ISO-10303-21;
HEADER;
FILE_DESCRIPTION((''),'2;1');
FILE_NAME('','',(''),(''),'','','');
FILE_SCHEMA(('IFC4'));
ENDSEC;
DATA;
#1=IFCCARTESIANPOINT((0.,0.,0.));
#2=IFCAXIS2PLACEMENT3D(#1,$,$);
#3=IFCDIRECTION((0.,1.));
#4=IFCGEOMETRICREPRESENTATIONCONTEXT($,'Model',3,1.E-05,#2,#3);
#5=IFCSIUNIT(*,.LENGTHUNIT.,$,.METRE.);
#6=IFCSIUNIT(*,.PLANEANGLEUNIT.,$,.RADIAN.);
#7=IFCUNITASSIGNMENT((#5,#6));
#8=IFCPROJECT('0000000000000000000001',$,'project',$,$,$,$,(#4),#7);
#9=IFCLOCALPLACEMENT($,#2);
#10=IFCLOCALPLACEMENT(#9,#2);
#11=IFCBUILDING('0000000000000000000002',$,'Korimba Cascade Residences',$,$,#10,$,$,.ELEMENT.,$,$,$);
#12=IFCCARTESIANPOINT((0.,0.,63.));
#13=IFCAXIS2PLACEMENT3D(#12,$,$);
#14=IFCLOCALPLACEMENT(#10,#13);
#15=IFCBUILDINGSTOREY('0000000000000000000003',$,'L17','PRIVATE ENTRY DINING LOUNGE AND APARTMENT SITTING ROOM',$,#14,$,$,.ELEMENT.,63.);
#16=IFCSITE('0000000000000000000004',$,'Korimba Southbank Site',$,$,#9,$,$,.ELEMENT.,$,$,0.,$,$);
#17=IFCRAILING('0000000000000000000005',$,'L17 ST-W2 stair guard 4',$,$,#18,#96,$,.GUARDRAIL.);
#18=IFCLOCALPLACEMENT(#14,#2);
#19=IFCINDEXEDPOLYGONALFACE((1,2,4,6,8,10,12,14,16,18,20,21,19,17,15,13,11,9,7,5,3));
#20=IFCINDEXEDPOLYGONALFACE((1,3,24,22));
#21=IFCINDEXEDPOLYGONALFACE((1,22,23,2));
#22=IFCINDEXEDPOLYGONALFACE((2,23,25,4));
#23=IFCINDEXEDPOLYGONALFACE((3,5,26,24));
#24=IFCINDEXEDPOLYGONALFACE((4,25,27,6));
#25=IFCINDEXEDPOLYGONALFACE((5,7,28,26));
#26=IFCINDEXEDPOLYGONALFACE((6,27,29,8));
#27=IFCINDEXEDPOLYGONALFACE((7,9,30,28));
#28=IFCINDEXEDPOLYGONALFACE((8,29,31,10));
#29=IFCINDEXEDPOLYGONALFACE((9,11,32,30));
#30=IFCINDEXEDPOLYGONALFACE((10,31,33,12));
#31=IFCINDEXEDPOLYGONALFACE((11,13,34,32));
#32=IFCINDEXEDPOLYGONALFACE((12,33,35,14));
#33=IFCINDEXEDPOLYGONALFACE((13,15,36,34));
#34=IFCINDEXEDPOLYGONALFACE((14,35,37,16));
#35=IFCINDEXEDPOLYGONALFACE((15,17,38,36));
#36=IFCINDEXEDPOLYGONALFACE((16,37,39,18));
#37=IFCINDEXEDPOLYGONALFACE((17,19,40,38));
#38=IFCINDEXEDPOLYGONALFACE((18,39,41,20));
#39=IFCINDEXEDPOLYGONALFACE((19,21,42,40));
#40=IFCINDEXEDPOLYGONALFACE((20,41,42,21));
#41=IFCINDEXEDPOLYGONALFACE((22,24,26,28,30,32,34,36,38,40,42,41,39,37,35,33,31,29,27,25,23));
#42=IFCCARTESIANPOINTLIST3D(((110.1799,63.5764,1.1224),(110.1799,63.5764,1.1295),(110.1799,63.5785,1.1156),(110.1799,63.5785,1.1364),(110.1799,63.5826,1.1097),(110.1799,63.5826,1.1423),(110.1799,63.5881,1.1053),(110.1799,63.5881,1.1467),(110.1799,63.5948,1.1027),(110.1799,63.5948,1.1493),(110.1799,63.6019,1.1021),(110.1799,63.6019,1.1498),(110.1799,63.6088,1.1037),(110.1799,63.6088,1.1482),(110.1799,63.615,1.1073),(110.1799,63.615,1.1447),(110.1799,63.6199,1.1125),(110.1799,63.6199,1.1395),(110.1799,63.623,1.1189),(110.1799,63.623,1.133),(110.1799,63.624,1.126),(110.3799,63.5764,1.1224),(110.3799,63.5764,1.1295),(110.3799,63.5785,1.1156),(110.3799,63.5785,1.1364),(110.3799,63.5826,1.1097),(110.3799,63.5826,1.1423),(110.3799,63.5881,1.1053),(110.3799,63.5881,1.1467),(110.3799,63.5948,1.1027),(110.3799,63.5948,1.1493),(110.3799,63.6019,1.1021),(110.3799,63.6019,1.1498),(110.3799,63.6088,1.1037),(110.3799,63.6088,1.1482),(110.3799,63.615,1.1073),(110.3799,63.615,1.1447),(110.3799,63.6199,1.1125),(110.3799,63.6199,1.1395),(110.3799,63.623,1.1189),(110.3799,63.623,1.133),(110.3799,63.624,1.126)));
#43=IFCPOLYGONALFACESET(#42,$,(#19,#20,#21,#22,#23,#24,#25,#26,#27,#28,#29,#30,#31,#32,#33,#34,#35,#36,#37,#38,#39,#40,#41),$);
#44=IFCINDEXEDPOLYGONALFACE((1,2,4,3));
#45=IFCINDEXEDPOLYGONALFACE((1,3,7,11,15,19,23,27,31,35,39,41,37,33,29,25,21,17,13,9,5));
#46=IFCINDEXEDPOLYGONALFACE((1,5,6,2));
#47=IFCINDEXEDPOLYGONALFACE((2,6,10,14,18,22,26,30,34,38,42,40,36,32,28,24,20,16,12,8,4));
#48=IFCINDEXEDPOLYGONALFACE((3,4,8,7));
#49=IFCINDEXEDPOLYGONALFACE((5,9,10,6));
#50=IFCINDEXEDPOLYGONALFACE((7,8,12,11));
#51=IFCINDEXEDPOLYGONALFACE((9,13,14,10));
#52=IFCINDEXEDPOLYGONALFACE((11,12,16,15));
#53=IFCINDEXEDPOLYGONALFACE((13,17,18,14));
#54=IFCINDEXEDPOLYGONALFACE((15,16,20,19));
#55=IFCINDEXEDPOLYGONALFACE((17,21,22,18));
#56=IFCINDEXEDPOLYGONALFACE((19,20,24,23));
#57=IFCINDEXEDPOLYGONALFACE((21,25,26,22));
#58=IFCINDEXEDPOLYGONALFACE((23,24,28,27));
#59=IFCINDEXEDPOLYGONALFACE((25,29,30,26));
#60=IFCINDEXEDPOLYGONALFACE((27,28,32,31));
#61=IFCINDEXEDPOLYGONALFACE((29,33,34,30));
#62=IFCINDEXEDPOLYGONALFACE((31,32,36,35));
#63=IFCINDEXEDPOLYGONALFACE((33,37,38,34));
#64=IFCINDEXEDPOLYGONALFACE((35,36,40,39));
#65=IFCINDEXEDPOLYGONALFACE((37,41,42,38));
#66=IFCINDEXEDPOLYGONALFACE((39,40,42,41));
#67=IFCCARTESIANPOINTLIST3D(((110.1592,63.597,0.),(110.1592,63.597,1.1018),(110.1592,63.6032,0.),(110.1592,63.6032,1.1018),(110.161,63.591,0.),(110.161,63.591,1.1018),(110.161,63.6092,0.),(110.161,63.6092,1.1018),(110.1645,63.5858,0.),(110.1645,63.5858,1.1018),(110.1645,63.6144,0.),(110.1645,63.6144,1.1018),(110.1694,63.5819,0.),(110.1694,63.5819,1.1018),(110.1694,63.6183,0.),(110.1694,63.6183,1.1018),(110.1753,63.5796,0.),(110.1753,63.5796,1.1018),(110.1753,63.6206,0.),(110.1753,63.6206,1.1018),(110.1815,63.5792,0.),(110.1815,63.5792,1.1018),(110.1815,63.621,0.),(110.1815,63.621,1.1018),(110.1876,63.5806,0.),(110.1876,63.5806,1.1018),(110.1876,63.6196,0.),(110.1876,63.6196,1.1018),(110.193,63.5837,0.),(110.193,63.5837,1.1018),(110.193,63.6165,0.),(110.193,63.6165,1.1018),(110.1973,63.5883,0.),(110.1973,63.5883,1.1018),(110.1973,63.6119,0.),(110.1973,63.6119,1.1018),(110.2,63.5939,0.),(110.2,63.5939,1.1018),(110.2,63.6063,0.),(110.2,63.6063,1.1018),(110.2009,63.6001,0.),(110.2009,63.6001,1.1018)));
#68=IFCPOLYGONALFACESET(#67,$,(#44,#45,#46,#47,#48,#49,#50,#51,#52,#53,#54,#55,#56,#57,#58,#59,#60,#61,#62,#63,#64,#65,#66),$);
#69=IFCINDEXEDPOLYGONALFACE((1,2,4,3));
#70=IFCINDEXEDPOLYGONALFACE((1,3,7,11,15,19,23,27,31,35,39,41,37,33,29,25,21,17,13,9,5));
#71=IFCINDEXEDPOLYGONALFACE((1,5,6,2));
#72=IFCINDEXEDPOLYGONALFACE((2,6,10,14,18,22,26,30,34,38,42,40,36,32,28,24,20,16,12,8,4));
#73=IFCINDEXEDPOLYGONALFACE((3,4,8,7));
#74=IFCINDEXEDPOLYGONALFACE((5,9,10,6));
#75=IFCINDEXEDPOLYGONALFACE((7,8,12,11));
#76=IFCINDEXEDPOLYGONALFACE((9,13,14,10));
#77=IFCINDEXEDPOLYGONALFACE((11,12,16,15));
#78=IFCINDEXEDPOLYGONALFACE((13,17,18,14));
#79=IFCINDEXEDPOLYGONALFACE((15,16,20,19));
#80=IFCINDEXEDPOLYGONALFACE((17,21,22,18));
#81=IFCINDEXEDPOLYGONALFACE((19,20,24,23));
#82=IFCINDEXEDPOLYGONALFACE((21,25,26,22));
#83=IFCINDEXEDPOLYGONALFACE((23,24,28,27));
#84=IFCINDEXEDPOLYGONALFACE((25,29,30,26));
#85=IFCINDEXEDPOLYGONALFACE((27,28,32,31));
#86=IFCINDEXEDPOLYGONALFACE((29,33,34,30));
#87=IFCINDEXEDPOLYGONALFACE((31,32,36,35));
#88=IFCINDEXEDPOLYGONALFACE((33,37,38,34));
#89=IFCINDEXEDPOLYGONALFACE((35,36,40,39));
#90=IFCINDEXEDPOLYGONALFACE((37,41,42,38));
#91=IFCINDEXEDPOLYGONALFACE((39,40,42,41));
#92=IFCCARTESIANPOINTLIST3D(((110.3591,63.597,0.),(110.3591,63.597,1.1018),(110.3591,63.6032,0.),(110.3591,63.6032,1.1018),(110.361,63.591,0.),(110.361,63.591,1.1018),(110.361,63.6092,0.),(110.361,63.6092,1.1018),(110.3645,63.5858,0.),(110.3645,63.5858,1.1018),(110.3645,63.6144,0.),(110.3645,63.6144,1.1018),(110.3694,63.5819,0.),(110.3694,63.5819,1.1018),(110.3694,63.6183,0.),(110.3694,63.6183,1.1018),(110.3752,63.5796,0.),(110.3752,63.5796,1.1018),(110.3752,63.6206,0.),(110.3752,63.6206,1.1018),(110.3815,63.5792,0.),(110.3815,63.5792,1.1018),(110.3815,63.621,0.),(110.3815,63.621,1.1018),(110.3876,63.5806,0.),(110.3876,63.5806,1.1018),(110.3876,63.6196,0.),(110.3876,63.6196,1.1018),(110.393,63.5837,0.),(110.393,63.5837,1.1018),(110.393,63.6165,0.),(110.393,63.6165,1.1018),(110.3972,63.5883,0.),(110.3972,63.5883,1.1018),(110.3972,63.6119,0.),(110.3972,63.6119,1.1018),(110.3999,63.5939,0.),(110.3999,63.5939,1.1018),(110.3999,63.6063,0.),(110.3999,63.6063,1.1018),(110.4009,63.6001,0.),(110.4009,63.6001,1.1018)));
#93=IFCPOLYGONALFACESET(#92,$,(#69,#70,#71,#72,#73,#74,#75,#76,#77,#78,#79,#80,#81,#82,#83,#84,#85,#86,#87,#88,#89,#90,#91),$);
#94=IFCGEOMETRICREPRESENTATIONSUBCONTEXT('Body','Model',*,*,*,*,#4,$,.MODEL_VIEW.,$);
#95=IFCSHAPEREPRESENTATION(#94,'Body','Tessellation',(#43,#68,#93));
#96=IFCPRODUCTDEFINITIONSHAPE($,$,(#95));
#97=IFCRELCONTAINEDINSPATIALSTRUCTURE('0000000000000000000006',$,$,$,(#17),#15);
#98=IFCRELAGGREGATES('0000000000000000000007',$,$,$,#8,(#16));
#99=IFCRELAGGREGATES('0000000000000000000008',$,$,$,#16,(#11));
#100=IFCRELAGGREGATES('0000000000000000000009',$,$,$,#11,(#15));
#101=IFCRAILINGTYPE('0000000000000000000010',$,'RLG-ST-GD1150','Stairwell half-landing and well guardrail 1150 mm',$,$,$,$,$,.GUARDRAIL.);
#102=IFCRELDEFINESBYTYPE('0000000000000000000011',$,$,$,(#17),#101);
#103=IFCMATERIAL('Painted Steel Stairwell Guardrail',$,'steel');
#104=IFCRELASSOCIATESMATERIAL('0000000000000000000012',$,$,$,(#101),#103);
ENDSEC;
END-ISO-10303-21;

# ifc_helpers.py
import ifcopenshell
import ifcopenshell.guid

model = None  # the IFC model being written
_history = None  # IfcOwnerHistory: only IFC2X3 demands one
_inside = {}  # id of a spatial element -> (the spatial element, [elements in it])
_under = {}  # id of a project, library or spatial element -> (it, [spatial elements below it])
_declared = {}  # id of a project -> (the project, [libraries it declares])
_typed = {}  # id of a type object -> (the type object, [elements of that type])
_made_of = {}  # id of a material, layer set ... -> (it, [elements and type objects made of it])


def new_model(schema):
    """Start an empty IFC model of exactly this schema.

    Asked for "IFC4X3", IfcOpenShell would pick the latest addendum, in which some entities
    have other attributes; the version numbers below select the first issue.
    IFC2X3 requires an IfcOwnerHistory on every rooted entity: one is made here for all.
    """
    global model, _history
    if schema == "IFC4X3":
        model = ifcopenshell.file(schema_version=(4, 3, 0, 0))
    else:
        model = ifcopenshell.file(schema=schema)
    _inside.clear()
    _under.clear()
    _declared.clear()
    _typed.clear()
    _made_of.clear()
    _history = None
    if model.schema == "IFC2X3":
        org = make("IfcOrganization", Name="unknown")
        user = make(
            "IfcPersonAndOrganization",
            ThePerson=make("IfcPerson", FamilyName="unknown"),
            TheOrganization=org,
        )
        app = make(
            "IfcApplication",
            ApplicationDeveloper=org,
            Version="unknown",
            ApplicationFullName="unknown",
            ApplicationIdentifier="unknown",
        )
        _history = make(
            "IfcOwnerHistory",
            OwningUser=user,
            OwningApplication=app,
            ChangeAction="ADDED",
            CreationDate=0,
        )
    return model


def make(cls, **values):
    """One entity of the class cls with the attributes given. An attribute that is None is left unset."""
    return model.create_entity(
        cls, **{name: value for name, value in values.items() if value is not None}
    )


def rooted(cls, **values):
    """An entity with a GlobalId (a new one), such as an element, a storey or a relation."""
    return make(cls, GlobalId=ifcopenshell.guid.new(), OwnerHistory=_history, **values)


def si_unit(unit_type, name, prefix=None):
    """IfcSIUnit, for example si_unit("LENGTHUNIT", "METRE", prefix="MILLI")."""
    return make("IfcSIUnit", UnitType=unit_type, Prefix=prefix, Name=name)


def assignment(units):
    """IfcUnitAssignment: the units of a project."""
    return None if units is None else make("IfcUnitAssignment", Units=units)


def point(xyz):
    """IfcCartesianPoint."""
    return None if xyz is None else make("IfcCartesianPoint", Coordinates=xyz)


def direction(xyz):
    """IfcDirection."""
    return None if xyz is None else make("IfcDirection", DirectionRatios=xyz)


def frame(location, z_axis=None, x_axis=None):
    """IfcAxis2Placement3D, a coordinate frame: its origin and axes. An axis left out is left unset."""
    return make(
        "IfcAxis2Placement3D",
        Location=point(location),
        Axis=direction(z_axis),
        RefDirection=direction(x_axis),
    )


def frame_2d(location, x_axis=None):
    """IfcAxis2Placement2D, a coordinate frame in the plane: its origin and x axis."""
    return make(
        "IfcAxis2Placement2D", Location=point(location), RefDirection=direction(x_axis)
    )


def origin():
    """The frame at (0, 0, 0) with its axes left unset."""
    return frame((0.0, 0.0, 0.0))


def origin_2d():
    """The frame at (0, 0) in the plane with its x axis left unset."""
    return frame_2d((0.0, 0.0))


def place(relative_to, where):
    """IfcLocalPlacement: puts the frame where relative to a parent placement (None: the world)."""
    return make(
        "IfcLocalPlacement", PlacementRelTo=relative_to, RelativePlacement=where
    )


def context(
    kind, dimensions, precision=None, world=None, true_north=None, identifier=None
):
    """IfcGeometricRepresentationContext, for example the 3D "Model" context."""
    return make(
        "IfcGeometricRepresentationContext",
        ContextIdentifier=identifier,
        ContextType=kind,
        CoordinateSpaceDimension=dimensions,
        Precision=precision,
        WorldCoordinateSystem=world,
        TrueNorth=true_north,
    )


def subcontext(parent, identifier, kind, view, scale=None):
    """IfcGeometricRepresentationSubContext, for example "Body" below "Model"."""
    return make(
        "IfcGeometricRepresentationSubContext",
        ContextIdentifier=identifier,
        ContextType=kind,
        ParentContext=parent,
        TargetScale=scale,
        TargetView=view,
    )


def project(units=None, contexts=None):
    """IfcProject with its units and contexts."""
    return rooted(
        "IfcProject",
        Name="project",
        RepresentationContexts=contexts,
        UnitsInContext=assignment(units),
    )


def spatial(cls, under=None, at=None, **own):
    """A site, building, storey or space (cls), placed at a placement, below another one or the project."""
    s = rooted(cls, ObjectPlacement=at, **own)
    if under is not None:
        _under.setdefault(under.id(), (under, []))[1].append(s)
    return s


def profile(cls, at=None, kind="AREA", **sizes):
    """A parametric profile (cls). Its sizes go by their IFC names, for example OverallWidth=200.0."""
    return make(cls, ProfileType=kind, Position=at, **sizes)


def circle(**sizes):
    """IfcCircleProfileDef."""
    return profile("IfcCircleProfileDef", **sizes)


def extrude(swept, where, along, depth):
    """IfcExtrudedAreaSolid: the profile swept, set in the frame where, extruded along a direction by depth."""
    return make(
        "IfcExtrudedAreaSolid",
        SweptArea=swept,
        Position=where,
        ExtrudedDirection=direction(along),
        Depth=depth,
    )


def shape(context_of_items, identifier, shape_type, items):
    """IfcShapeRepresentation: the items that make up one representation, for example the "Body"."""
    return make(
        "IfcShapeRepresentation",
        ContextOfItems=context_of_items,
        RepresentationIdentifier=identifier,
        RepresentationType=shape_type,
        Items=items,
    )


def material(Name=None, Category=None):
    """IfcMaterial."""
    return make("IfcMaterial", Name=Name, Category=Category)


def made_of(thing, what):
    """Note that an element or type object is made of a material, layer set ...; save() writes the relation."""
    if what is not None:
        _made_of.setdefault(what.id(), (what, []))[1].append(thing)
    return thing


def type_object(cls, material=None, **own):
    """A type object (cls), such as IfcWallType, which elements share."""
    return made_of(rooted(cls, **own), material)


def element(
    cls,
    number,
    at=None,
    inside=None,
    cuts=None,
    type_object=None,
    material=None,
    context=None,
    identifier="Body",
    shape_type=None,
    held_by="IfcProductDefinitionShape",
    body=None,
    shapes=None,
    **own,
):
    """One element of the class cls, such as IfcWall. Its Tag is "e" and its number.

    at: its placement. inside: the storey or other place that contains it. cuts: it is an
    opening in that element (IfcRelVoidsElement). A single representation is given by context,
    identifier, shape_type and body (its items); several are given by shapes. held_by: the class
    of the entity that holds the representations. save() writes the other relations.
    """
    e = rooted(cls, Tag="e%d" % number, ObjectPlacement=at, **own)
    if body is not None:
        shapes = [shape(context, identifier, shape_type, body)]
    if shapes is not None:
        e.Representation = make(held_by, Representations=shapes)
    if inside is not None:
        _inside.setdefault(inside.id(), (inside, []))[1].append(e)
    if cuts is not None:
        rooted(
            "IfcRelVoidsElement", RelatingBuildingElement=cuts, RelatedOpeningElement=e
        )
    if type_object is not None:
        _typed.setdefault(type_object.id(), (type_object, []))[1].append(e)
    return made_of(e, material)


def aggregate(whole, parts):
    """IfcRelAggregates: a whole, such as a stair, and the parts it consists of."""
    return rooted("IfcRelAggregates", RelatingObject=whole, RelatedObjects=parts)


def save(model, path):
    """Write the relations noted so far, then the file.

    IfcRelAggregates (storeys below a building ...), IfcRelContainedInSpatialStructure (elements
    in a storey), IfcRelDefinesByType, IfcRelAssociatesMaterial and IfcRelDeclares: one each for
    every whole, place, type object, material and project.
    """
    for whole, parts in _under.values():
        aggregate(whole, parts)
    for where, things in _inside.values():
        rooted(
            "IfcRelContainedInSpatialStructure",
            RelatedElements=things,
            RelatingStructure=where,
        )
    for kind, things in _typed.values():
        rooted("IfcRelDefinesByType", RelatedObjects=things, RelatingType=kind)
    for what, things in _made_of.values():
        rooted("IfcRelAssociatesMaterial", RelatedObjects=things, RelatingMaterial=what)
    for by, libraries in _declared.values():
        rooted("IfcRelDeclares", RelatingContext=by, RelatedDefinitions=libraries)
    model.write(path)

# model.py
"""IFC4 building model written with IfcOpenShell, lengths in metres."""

from ifc_helpers import new_model, si_unit, direction, frame, origin, origin_2d, place, context, subcontext, project, spatial, circle, extrude, material, type_object, element, save


model = new_model("IFC4")

# Units and contexts
model_context = context("Model", 3, precision=1e-05, world=origin(), true_north=direction((0.0, 1.0)))
body_context = subcontext(model_context, "Body", "Model", "MODEL_VIEW")
ifc_project = project(units=[si_unit("LENGTHUNIT", "METRE"), si_unit("PLANEANGLEUNIT", "RADIAN")], contexts=[model_context])

# Site, building, storey
site_placement = place(None, origin())
site = spatial("IfcSite", under=ifc_project, at=site_placement, Name="Korimba Southbank Site", CompositionType="ELEMENT", RefElevation=0.0)
building_placement = place(site_placement, origin())
building = spatial("IfcBuilding", under=site, at=building_placement, Name="Korimba Cascade Residences", CompositionType="ELEMENT")
storey_placement = place(building_placement, frame((0.0, 0.0, 63.0)))
storey = spatial("IfcBuildingStorey", under=building, at=storey_placement, Name="L17", Description="PRIVATE ENTRY DINING LOUNGE AND APARTMENT SITTING ROOM", CompositionType="ELEMENT", Elevation=63.0)

# Railing
ifc_material_1 = material(Name="Painted Steel Stairwell Guardrail", Category="steel")
railing_type_1 = type_object("IfcRailingType", Name="RLG-ST-GD1150", Description="Stairwell half-landing and well guardrail 1150 mm", PredefinedType="GUARDRAIL", material=ifc_material_1)
railing_1_placement = place(storey_placement, frame((110.1799, 63.6001, 0.0)))
element("IfcRailing", 1, at=railing_1_placement, inside=storey, type_object=railing_type_1, Name="L17 ST-W2 stair guard 4", PredefinedType="GUARDRAIL", context=body_context, shape_type="SweptSolid", body=[
    extrude(circle(Radius=0.0239, at=origin_2d()), frame((0.0, 0.0, 1.126), z_axis=(1.0, 0.0, 0.0), x_axis=(0.0, 1.0, 0.0)), (0.0, 0.0, 1.0), 0.2),
    extrude(circle(Radius=0.021, at=origin_2d()), origin(), (0.0, 0.0, 1.0), 1.1018),
    extrude(circle(Radius=0.021, at=origin_2d()), frame((0.2, 0.0, 0.0)), (0.0, 0.0, 1.0), 1.1018),
])

save(model, "model.ifc")
